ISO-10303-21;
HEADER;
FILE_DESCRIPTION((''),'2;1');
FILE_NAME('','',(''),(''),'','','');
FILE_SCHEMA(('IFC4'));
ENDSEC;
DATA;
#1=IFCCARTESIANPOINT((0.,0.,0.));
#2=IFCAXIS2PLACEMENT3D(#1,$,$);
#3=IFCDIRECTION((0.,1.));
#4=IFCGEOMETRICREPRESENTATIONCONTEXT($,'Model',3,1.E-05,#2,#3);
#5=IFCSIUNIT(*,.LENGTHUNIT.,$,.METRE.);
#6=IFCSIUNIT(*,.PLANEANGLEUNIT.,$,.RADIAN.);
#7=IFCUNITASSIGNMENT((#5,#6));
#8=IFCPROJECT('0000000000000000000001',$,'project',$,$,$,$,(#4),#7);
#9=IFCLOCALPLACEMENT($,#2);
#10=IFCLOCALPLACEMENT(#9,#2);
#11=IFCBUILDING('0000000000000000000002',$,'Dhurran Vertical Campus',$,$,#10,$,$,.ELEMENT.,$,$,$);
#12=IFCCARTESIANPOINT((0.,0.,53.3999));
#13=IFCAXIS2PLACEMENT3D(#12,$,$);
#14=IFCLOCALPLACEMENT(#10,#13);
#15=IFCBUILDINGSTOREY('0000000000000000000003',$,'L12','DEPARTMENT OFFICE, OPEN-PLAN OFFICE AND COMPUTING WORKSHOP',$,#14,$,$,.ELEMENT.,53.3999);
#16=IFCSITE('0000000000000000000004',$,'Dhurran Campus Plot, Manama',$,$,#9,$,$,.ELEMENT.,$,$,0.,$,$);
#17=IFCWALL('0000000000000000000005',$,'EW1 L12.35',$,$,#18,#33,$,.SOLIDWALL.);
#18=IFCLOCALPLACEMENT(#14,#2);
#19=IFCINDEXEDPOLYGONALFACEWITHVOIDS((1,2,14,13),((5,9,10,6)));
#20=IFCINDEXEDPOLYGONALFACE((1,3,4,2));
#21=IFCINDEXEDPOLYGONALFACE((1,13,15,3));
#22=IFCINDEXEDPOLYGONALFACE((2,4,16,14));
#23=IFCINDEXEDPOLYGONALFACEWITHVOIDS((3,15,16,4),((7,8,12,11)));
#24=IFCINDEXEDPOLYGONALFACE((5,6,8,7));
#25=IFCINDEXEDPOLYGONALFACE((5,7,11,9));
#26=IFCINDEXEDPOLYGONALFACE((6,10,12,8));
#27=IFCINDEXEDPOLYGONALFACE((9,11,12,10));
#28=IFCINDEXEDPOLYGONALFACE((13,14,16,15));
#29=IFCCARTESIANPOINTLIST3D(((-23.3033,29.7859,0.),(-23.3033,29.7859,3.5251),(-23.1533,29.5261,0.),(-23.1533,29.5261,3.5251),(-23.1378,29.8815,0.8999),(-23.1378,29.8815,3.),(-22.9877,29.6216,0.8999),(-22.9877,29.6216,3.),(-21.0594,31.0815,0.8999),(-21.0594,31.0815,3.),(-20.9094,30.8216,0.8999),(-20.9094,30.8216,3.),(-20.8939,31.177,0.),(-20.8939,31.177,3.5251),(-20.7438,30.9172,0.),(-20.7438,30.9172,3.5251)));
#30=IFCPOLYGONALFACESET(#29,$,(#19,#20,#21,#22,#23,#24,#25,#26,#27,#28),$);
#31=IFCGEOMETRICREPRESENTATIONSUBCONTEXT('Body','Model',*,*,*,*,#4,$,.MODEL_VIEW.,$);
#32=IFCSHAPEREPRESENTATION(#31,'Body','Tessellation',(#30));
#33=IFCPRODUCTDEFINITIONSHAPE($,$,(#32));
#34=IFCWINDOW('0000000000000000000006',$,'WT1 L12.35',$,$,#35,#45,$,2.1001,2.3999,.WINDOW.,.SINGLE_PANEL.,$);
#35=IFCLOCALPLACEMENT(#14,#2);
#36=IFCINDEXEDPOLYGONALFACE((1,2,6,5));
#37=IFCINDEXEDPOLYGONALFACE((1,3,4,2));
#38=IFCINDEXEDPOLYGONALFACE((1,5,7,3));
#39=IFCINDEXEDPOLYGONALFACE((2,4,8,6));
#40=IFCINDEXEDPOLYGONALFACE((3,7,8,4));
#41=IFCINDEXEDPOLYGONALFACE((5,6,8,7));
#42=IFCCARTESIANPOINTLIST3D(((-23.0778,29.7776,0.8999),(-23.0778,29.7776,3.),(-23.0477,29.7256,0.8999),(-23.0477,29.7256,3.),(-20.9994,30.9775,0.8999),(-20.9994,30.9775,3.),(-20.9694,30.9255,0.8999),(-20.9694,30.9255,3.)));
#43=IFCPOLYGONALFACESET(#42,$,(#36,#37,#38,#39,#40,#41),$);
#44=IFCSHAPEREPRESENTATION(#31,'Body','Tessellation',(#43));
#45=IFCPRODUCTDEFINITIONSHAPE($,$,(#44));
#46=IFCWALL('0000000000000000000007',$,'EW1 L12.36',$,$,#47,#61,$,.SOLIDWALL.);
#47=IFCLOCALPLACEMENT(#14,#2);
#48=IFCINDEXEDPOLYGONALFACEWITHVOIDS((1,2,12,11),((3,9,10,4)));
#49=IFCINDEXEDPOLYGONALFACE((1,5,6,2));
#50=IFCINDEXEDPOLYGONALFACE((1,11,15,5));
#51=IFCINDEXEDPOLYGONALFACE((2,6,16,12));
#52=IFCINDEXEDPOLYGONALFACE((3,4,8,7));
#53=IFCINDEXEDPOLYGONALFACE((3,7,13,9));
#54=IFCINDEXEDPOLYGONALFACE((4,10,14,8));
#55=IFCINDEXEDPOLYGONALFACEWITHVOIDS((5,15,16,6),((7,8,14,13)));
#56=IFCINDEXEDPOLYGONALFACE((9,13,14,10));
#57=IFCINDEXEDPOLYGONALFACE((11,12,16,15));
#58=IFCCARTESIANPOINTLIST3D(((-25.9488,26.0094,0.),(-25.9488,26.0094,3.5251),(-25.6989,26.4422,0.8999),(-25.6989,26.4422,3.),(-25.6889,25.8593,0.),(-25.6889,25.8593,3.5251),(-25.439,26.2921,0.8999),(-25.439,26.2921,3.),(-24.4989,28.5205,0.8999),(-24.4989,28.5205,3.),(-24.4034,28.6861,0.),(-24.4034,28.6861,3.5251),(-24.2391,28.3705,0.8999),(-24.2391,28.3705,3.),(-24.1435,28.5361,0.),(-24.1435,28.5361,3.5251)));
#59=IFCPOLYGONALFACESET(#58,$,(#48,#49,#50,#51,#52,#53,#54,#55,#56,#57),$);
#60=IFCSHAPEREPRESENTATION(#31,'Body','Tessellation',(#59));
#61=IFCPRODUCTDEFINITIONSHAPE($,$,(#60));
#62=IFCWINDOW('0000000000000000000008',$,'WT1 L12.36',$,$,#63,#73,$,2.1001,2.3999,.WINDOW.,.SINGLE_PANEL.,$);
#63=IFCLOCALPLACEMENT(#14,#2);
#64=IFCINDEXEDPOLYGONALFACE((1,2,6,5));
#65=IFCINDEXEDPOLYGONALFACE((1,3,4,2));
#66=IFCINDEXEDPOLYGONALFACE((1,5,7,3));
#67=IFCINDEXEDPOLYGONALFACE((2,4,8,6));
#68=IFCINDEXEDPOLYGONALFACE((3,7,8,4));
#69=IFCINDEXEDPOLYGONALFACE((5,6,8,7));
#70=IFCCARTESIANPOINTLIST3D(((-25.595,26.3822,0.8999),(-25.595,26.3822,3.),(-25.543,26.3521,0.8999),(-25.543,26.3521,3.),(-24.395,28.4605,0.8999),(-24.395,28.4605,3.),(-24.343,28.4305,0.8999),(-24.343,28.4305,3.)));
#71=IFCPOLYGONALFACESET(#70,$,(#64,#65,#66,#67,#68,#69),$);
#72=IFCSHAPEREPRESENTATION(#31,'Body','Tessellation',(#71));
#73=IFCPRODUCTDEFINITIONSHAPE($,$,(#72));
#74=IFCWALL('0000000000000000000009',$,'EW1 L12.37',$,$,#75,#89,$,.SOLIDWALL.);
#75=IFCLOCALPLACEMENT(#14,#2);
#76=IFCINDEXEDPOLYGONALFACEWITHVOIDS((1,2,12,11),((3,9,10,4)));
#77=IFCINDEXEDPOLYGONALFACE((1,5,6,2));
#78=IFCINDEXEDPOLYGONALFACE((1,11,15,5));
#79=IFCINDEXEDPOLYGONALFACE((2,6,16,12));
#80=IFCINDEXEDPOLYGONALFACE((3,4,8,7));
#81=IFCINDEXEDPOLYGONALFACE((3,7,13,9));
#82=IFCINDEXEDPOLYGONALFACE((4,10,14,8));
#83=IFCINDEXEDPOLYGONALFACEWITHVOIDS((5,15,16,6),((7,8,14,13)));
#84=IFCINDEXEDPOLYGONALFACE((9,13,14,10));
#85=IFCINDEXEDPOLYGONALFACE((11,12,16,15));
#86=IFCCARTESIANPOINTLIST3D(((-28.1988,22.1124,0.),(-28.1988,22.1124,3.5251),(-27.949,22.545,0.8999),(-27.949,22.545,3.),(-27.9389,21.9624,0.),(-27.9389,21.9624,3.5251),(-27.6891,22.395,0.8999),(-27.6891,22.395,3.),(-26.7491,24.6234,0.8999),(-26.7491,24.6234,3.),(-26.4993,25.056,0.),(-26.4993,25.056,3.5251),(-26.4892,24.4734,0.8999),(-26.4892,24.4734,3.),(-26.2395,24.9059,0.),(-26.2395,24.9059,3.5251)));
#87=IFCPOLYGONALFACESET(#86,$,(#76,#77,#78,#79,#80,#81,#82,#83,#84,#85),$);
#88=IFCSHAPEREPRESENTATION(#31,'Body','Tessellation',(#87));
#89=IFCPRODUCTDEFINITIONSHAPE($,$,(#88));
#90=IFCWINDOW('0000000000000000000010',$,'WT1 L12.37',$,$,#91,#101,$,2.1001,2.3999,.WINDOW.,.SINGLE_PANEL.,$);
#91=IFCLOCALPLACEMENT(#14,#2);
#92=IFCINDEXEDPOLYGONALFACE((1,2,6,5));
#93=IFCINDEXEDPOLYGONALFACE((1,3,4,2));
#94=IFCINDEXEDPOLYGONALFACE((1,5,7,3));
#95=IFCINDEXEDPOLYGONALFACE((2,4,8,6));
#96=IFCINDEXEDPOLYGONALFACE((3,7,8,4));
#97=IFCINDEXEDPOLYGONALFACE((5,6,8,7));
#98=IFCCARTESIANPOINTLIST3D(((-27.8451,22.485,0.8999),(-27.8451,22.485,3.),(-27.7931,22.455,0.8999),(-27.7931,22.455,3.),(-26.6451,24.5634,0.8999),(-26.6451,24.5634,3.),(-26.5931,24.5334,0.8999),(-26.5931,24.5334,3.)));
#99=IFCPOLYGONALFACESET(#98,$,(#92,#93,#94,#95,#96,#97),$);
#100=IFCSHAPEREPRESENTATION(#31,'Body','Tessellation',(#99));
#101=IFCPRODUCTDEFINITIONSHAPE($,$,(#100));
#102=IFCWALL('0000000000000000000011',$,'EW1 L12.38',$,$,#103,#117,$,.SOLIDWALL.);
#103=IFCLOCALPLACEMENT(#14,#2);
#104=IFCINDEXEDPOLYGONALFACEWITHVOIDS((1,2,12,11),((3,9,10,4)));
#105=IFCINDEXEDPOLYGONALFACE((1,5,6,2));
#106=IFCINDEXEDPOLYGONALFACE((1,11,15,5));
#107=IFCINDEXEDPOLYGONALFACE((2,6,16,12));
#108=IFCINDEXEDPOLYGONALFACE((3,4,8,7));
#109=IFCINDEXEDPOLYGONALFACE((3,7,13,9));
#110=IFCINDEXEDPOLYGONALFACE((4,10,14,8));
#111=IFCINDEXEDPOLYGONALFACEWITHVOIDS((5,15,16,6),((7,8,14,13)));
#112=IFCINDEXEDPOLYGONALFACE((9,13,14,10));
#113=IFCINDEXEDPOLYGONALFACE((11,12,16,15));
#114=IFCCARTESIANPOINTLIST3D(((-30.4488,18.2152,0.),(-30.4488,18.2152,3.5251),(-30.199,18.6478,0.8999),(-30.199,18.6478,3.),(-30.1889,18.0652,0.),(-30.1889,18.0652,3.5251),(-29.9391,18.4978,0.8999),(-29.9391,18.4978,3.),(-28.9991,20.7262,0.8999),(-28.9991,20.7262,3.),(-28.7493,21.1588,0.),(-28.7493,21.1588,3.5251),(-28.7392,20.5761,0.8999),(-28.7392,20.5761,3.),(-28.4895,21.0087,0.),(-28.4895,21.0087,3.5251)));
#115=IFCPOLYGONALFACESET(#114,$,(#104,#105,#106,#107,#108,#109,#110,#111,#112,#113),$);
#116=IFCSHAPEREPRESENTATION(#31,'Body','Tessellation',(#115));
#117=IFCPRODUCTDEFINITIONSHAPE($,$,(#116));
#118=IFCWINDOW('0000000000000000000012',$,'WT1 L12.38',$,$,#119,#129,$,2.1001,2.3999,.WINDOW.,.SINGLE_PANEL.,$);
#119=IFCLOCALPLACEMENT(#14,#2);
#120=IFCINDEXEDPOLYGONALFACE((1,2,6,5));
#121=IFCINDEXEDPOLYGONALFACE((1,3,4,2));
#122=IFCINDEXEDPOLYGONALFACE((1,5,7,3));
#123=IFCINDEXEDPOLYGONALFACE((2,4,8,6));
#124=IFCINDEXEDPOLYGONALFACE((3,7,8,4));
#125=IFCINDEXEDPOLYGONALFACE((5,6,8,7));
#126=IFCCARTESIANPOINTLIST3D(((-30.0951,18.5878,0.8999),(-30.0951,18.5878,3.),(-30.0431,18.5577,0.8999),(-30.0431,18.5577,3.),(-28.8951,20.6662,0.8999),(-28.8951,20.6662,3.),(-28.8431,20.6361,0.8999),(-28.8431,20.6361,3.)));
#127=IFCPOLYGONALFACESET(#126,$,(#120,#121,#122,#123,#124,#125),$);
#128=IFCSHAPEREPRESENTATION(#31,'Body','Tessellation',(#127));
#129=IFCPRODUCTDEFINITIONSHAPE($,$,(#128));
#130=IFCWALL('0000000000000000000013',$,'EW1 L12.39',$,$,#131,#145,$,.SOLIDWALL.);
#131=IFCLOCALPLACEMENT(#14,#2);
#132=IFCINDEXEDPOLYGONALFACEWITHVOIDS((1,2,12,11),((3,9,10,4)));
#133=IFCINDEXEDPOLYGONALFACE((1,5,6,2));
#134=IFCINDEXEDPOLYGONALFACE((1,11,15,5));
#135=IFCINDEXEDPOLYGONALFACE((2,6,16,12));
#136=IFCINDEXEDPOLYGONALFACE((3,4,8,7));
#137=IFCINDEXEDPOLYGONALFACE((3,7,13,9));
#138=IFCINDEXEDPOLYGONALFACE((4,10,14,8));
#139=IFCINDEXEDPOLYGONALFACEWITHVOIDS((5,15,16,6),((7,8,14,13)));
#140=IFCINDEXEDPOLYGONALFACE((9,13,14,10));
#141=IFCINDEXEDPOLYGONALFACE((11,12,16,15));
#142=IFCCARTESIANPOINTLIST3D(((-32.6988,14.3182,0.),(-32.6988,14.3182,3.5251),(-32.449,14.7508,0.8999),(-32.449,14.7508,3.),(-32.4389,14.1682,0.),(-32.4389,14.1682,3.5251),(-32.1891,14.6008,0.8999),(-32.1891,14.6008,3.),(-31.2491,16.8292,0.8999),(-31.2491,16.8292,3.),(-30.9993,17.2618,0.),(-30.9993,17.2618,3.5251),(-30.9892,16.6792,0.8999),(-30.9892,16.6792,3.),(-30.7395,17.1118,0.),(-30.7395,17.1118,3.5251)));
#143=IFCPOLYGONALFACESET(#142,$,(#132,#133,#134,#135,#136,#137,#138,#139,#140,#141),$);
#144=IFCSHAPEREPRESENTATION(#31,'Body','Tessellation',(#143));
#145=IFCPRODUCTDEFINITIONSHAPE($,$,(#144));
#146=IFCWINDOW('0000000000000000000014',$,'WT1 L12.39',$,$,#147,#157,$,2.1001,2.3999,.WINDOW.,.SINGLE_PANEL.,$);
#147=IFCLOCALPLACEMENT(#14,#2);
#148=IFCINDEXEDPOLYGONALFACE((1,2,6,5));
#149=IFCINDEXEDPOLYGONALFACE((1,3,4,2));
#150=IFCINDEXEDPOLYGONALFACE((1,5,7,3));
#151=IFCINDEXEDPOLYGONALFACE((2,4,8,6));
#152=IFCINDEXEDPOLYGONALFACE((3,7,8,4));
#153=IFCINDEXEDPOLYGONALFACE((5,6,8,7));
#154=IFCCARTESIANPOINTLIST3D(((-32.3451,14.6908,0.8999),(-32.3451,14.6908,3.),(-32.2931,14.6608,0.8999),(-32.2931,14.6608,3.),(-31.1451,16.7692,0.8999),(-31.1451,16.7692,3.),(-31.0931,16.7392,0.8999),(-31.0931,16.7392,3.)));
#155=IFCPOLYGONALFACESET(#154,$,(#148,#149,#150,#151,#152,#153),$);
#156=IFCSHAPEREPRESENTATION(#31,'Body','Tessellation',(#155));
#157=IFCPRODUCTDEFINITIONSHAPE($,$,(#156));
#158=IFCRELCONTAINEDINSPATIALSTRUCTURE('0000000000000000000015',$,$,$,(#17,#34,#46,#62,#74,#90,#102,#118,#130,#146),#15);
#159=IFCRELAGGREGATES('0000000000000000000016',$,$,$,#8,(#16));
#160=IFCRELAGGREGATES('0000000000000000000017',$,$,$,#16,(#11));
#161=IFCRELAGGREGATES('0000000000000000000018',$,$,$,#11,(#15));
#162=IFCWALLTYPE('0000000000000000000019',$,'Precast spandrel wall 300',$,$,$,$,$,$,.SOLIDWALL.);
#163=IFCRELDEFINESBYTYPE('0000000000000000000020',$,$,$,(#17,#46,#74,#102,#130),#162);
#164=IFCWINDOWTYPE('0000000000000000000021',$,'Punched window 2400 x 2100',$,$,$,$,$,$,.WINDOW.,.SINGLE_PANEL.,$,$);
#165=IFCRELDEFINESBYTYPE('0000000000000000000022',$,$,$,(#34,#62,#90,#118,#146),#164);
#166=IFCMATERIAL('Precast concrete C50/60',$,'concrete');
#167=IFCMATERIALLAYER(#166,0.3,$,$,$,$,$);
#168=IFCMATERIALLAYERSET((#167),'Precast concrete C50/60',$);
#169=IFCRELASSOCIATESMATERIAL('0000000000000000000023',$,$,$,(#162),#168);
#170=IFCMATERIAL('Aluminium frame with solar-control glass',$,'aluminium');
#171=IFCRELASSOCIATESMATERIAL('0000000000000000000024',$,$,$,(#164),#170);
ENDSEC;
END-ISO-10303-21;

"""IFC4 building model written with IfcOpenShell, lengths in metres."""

from ifc_helpers import new_model, si_unit, direction, frame, frame_2d, origin, place, context, subcontext, project, spatial, rectangle, extrude, material, layer, layer_set, type_object, element, fill, save


model = new_model("IFC4")

# Units and contexts
model_context = context("Model", 3, precision=1e-05, world=origin(), true_north=direction((0.0, 1.0)))
body_context = subcontext(model_context, "Body", "Model", "MODEL_VIEW")
ifc_project = project(units=[si_unit("LENGTHUNIT", "METRE"), si_unit("PLANEANGLEUNIT", "RADIAN")], contexts=[model_context])

# Site, building, storey
site_placement = place(None, origin())
site = spatial("IfcSite", under=ifc_project, at=site_placement, Name="Dhurran Campus Plot, Manama", CompositionType="ELEMENT", RefElevation=0.0)
building_placement = place(site_placement, origin())
building = spatial("IfcBuilding", under=site, at=building_placement, Name="Dhurran Vertical Campus", CompositionType="ELEMENT")
storey_placement = place(building_placement, frame((0.0, 0.0, 53.3999)))
storey = spatial("IfcBuildingStorey", under=building, at=storey_placement, Name="L12", Description="DEPARTMENT OFFICE, OPEN-PLAN OFFICE AND COMPUTING WORKSHOP", CompositionType="ELEMENT", Elevation=53.3999)

# Walls, openings, windows
ifc_material_1 = material(Name="Precast concrete C50/60", Category="concrete")
ifc_layer_1 = layer(ifc_material_1, 0.3)
ifc_layer_set_1 = layer_set([ifc_layer_1], Name="Precast concrete C50/60")
wall_type_1 = type_object("IfcWallType", Name="Precast spandrel wall 300", PredefinedType="SOLIDWALL", material=ifc_layer_set_1)
ifc_material_2 = material(Name="Aluminium frame with solar-control glass", Category="aluminium")
window_type = type_object("IfcWindowType", Name="Punched window 2400 x 2100", PartitioningType="SINGLE_PANEL", PredefinedType="WINDOW", material=ifc_material_2)
wall_1_placement = place(storey_placement, frame((-20.8188, 31.0471, 0.0), z_axis=(0.0, 0.0, 1.0), x_axis=(-0.86602, -0.500009, 0.0)))
wall_1 = element("IfcWall", 1, at=wall_1_placement, inside=storey, type_object=wall_type_1, Name="EW1 L12.35", PredefinedType="SOLIDWALL", context=body_context, shape_type="SweptSolid", body=[
    extrude(rectangle(XDim=2.7822, YDim=0.3, at=frame_2d((1.3911, 0.0))), origin(), (0.0, 0.0, 1.0), 3.5251),
])
opening_1_placement = place(wall_1_placement, frame((0.1912, 0.0, 0.8999)))
opening_1 = element("IfcOpeningElement", 2, at=opening_1_placement, cuts=wall_1, PredefinedType="OPENING", context=body_context, shape_type="SweptSolid", body=[
    extrude(rectangle(XDim=2.3999, YDim=2.1001, at=frame_2d((1.2, 1.05))), frame((0.0, 0.1599, 0.0), z_axis=(0.0, -1.0, 0.0), x_axis=(1.0, 0.0, 0.0)), (0.0, 0.0, 1.0), 0.3201),
])
window_1_placement = place(opening_1_placement, origin())
window_1 = element("IfcWindow", 3, at=window_1_placement, inside=storey, type_object=window_type, Name="WT1 L12.35", OverallHeight=2.1001, OverallWidth=2.3999, PartitioningType="SINGLE_PANEL", PredefinedType="WINDOW", context=body_context, shape_type="SweptSolid", body=[
    extrude(rectangle(XDim=2.3999, YDim=2.1001, at=frame_2d((1.2, 1.05))), frame((0.0, 0.03, 0.0), z_axis=(0.0, -1.0, 0.0), x_axis=(1.0, 0.0, 0.0)), (0.0, 0.0, 1.0), 0.0601),
])
fill(opening_1, window_1)
wall_2_placement = place(storey_placement, frame((-24.2734, 28.6111, 0.0), z_axis=(0.0, 0.0, 1.0), x_axis=(-0.499996, -0.866028, 0.0)))
wall_2 = element("IfcWall", 4, at=wall_2_placement, inside=storey, type_object=wall_type_1, Name="EW1 L12.36", PredefinedType="SOLIDWALL", context=body_context, shape_type="SweptSolid", body=[
    extrude(rectangle(XDim=3.0908, YDim=0.3, at=frame_2d((1.5454, 0.0))), origin(), (0.0, 0.0, 1.0), 3.5251),
])
opening_2_placement = place(wall_2_placement, frame((0.1912, 0.0, 0.8999)))
opening_2 = element("IfcOpeningElement", 5, at=opening_2_placement, cuts=wall_2, PredefinedType="OPENING", context=body_context, shape_type="SweptSolid", body=[
    extrude(rectangle(XDim=2.3999, YDim=2.1001, at=frame_2d((1.2, 1.05))), frame((0.0, 0.1599, 0.0), z_axis=(0.0, -1.0, 0.0), x_axis=(1.0, 0.0, 0.0)), (0.0, 0.0, 1.0), 0.3201),
])
window_2_placement = place(opening_2_placement, origin())
window_2 = element("IfcWindow", 6, at=window_2_placement, inside=storey, type_object=window_type, Name="WT1 L12.36", OverallHeight=2.1001, OverallWidth=2.3999, PartitioningType="SINGLE_PANEL", PredefinedType="WINDOW", context=body_context, shape_type="SweptSolid", body=[
    extrude(rectangle(XDim=2.3999, YDim=2.1001, at=frame_2d((1.2, 1.05))), frame((0.0, 0.03, 0.0), z_axis=(0.0, -1.0, 0.0), x_axis=(1.0, 0.0, 0.0)), (0.0, 0.0, 1.0), 0.0601),
])
fill(opening_2, window_2)
wall_3_placement = place(storey_placement, frame((-26.3694, 24.981, 0.0), z_axis=(0.0, 0.0, 1.0), x_axis=(-0.499994, -0.866029, 0.0)))
wall_3 = element("IfcWall", 7, at=wall_3_placement, inside=storey, type_object=wall_type_1, Name="EW1 L12.37", PredefinedType="SOLIDWALL", context=body_context, shape_type="SweptSolid", body=[
    extrude(rectangle(XDim=3.3989, YDim=0.3, at=frame_2d((1.6995, 0.0))), origin(), (0.0, 0.0, 1.0), 3.5251),
])
opening_3_placement = place(wall_3_placement, frame((0.4995, 0.0, 0.8999)))
opening_3 = element("IfcOpeningElement", 8, at=opening_3_placement, cuts=wall_3, PredefinedType="OPENING", context=body_context, shape_type="SweptSolid", body=[
    extrude(rectangle(XDim=2.3999, YDim=2.1001, at=frame_2d((1.2, 1.05))), frame((0.0, 0.1599, 0.0), z_axis=(0.0, -1.0, 0.0), x_axis=(1.0, 0.0, 0.0)), (0.0, 0.0, 1.0), 0.3201),
])
window_3_placement = place(opening_3_placement, origin())
window_3 = element("IfcWindow", 9, at=window_3_placement, inside=storey, type_object=window_type, Name="WT1 L12.37", OverallHeight=2.1001, OverallWidth=2.3999, PartitioningType="SINGLE_PANEL", PredefinedType="WINDOW", context=body_context, shape_type="SweptSolid", body=[
    extrude(rectangle(XDim=2.3999, YDim=2.1001, at=frame_2d((1.2, 1.05))), frame((0.0, 0.03, 0.0), z_axis=(0.0, -1.0, 0.0), x_axis=(1.0, 0.0, 0.0)), (0.0, 0.0, 1.0), 0.0601),
])
fill(opening_3, window_3)
wall_4_placement = place(storey_placement, frame((-28.6194, 21.0837, 0.0), z_axis=(0.0, 0.0, 1.0), x_axis=(-0.499994, -0.866029, 0.0)))
wall_4 = element("IfcWall", 10, at=wall_4_placement, inside=storey, type_object=wall_type_1, Name="EW1 L12.38", PredefinedType="SOLIDWALL", context=body_context, shape_type="SweptSolid", body=[
    extrude(rectangle(XDim=3.3989, YDim=0.3, at=frame_2d((1.6995, 0.0))), origin(), (0.0, 0.0, 1.0), 3.5251),
])
opening_4_placement = place(wall_4_placement, frame((0.4995, 0.0, 0.8999)))
opening_4 = element("IfcOpeningElement", 11, at=opening_4_placement, cuts=wall_4, PredefinedType="OPENING", context=body_context, shape_type="SweptSolid", body=[
    extrude(rectangle(XDim=2.3999, YDim=2.1001, at=frame_2d((1.2, 1.05))), frame((0.0, 0.1599, 0.0), z_axis=(0.0, -1.0, 0.0), x_axis=(1.0, 0.0, 0.0)), (0.0, 0.0, 1.0), 0.3201),
])
window_4_placement = place(opening_4_placement, origin())
window_4 = element("IfcWindow", 12, at=window_4_placement, inside=storey, type_object=window_type, Name="WT1 L12.38", OverallHeight=2.1001, OverallWidth=2.3999, PartitioningType="SINGLE_PANEL", PredefinedType="WINDOW", context=body_context, shape_type="SweptSolid", body=[
    extrude(rectangle(XDim=2.3999, YDim=2.1001, at=frame_2d((1.2, 1.05))), frame((0.0, 0.03, 0.0), z_axis=(0.0, -1.0, 0.0), x_axis=(1.0, 0.0, 0.0)), (0.0, 0.0, 1.0), 0.0601),
])
fill(opening_4, window_4)
wall_5_placement = place(storey_placement, frame((-30.8694, 17.1868, 0.0), z_axis=(0.0, 0.0, 1.0), x_axis=(-0.499994, -0.866029, 0.0)))
wall_5 = element("IfcWall", 13, at=wall_5_placement, inside=storey, type_object=wall_type_1, Name="EW1 L12.39", PredefinedType="SOLIDWALL", context=body_context, shape_type="SweptSolid", body=[
    extrude(rectangle(XDim=3.3989, YDim=0.3, at=frame_2d((1.6995, 0.0))), origin(), (0.0, 0.0, 1.0), 3.5251),
])
opening_5_placement = place(wall_5_placement, frame((0.4995, 0.0, 0.8999)))
opening_5 = element("IfcOpeningElement", 14, at=opening_5_placement, cuts=wall_5, PredefinedType="OPENING", context=body_context, shape_type="SweptSolid", body=[
    extrude(rectangle(XDim=2.3999, YDim=2.1001, at=frame_2d((1.2, 1.05))), frame((0.0, 0.1599, 0.0), z_axis=(0.0, -1.0, 0.0), x_axis=(1.0, 0.0, 0.0)), (0.0, 0.0, 1.0), 0.3201),
])
window_5_placement = place(opening_5_placement, origin())
window_5 = element("IfcWindow", 15, at=window_5_placement, inside=storey, type_object=window_type, Name="WT1 L12.39", OverallHeight=2.1001, OverallWidth=2.3999, PartitioningType="SINGLE_PANEL", PredefinedType="WINDOW", context=body_context, shape_type="SweptSolid", body=[
    extrude(rectangle(XDim=2.3999, YDim=2.1001, at=frame_2d((1.2, 1.05))), frame((0.0, 0.03, 0.0), z_axis=(0.0, -1.0, 0.0), x_axis=(1.0, 0.0, 0.0)), (0.0, 0.0, 1.0), 0.0601),
])
fill(opening_5, window_5)

save(model, "model.ifc")
